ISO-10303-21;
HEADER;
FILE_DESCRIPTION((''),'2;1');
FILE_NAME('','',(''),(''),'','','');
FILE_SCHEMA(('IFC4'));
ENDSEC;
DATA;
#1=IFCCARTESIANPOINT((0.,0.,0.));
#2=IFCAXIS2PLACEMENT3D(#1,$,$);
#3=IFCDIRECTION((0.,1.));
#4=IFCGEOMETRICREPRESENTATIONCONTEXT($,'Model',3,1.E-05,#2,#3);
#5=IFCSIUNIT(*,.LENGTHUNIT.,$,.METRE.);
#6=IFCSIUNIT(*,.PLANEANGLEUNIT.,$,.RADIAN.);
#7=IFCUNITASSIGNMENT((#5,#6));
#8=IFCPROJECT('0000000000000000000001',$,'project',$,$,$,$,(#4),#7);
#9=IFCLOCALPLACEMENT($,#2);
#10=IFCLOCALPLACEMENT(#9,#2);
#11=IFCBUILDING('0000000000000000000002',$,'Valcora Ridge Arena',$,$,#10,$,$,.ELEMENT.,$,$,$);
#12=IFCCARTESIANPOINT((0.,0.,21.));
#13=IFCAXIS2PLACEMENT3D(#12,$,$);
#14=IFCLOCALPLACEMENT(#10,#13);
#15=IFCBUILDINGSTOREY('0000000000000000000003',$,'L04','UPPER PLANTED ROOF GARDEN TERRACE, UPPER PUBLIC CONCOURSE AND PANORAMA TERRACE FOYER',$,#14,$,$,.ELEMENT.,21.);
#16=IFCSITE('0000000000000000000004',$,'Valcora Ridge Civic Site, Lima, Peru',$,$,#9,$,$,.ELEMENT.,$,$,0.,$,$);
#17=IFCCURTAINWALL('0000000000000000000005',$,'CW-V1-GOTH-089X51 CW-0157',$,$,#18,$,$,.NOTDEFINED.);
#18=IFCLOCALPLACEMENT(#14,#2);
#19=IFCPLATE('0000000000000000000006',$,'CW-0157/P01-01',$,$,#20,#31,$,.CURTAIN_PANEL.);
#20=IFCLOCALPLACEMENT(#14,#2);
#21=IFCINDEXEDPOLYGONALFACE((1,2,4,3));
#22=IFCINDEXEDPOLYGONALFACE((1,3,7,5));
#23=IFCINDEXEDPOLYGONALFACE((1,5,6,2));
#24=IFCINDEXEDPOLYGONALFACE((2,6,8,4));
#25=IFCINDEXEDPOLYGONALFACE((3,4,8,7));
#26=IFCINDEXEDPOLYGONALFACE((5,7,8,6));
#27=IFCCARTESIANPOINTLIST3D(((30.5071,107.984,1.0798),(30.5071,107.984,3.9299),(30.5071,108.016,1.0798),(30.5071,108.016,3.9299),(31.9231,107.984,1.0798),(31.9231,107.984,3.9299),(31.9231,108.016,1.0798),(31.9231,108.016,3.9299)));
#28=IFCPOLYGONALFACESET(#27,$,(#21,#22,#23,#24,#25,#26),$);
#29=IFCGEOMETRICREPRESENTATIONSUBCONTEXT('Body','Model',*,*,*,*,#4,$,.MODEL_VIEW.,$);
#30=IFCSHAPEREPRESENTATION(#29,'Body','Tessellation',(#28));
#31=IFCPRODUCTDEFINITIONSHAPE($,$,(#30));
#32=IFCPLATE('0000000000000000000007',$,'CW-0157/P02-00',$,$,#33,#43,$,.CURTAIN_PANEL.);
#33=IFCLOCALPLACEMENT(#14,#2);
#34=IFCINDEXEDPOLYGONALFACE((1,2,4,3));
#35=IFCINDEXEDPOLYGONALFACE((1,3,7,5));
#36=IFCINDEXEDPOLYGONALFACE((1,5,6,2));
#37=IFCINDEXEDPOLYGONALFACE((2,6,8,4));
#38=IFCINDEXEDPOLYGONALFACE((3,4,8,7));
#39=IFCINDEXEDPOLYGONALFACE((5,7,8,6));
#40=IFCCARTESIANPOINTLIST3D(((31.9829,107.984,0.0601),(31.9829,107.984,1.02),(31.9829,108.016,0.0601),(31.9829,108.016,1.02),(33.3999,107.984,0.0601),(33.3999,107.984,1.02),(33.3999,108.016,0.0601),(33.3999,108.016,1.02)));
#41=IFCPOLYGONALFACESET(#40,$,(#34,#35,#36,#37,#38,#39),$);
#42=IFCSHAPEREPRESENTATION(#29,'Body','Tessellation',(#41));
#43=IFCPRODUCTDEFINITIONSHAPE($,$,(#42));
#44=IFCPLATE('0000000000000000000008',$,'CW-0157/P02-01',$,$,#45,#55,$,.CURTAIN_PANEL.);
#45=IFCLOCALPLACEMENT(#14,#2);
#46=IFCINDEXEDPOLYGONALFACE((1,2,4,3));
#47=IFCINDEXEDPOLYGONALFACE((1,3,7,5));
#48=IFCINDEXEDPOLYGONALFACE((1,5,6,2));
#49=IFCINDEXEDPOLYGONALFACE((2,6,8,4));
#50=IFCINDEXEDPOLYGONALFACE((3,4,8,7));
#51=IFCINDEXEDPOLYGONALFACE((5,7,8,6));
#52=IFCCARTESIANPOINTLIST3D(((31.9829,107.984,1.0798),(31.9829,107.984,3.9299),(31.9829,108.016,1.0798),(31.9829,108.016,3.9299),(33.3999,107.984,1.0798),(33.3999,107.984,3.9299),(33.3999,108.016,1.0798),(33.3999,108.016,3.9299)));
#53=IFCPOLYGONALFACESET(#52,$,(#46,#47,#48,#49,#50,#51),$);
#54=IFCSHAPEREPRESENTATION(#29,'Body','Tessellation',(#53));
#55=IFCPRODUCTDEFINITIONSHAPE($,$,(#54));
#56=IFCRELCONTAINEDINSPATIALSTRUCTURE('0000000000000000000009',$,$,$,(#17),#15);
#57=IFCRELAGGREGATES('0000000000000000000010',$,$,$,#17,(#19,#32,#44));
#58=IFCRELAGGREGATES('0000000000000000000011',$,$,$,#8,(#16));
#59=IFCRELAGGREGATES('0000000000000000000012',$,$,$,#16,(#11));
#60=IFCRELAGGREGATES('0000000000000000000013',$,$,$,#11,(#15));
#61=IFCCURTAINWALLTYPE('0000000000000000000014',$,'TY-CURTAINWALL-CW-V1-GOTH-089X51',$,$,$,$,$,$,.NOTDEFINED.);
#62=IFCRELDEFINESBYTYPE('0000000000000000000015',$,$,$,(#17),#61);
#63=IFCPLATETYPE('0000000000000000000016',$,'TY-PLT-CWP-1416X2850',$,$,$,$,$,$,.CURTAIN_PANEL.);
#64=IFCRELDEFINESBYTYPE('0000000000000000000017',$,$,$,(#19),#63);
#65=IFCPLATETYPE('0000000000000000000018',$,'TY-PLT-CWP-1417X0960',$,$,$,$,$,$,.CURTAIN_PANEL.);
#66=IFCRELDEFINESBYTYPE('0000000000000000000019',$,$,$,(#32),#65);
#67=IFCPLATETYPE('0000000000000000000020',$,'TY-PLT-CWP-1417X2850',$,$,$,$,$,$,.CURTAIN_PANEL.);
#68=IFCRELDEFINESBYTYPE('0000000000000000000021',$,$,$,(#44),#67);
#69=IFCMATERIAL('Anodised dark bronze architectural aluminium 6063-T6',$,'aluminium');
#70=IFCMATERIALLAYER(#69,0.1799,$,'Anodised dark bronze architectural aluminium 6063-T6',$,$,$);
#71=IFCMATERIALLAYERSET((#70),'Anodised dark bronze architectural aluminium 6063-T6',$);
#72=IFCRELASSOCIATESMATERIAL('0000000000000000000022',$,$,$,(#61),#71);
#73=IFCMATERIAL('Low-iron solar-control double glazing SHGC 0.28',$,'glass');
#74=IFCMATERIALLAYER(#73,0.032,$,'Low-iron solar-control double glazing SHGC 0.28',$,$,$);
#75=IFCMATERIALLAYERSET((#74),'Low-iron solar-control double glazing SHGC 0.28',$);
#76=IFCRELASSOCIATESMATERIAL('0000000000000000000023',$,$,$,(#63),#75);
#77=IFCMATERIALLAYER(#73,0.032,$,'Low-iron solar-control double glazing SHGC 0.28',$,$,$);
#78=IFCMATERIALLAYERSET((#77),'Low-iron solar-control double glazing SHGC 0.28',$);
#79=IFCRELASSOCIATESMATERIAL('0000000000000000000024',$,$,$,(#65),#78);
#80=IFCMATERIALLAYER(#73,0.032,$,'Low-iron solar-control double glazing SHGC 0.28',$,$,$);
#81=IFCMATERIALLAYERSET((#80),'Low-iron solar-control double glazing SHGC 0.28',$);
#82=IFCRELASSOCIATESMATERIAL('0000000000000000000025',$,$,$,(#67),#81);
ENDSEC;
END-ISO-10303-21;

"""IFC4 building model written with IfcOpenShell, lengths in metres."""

from ifc_helpers import new_model, si_unit, direction, frame, origin, origin_2d, place, context, subcontext, project, spatial, rectangle, extrude, material, layer, layer_set, type_object, element, aggregate, save


model = new_model("IFC4")

# Units and contexts
model_context = context("Model", 3, precision=1e-05, world=origin(), true_north=direction((0.0, 1.0)))
body_context = subcontext(model_context, "Body", "Model", "MODEL_VIEW")
ifc_project = project(units=[si_unit("LENGTHUNIT", "METRE"), si_unit("PLANEANGLEUNIT", "RADIAN")], contexts=[model_context])

# Site, building, storey
site_placement = place(None, origin())
site = spatial("IfcSite", under=ifc_project, at=site_placement, Name="Valcora Ridge Civic Site, Lima, Peru", CompositionType="ELEMENT", RefElevation=0.0)
building_placement = place(site_placement, origin())
building = spatial("IfcBuilding", under=site, at=building_placement, Name="Valcora Ridge Arena", CompositionType="ELEMENT")
storey_placement = place(building_placement, frame((0.0, 0.0, 21.0)))
storey = spatial("IfcBuildingStorey", under=building, at=storey_placement, Name="L04", Description="UPPER PLANTED ROOF GARDEN TERRACE, UPPER PUBLIC CONCOURSE AND PANORAMA TERRACE FOYER", CompositionType="ELEMENT", Elevation=21.0)

# Curtain wall, plates
ifc_material_1 = material(Name="Anodised dark bronze architectural aluminium 6063-T6", Category="aluminium")
ifc_layer_1 = layer(ifc_material_1, 0.1799, Name="Anodised dark bronze architectural aluminium 6063-T6")
ifc_layer_set_1 = layer_set([ifc_layer_1], Name="Anodised dark bronze architectural aluminium 6063-T6")
curtain_wall_type = type_object("IfcCurtainWallType", Name="TY-CURTAINWALL-CW-V1-GOTH-089X51", PredefinedType="NOTDEFINED", material=ifc_layer_set_1)
curtain_wall_placement = place(storey_placement, origin())
curtain_wall = element("IfcCurtainWall", 1, at=curtain_wall_placement, inside=storey, type_object=curtain_wall_type, Name="CW-V1-GOTH-089X51 CW-0157", PredefinedType="NOTDEFINED")
ifc_material_2 = material(Name="Low-iron solar-control double glazing SHGC 0.28", Category="glass")
ifc_layer_2 = layer(ifc_material_2, 0.032, Name="Low-iron solar-control double glazing SHGC 0.28")
ifc_layer_set_2 = layer_set([ifc_layer_2], Name="Low-iron solar-control double glazing SHGC 0.28")
plate_type_1 = type_object("IfcPlateType", Name="TY-PLT-CWP-1416X2850", PredefinedType="CURTAIN_PANEL", material=ifc_layer_set_2)
plate_1_placement = place(storey_placement, frame((31.2151, 108.0, 1.0798), z_axis=(0.0, 0.0, 1.0), x_axis=(1.0, 0.0, 0.0)))
plate_1 = element("IfcPlate", 2, at=plate_1_placement, type_object=plate_type_1, Name="CW-0157/P01-01", PredefinedType="CURTAIN_PANEL", context=body_context, shape_type="SweptSolid", body=[
    extrude(rectangle(XDim=1.416, YDim=0.032, at=origin_2d()), origin(), (0.0, 0.0, 1.0), 2.8501),
])
ifc_layer_3 = layer(ifc_material_2, 0.032, Name="Low-iron solar-control double glazing SHGC 0.28")
ifc_layer_set_3 = layer_set([ifc_layer_3], Name="Low-iron solar-control double glazing SHGC 0.28")
plate_type_2 = type_object("IfcPlateType", Name="TY-PLT-CWP-1417X0960", PredefinedType="CURTAIN_PANEL", material=ifc_layer_set_3)
plate_2_placement = place(storey_placement, frame((32.6914, 108.0, 0.0601), z_axis=(0.0, 0.0, 1.0), x_axis=(1.0, 0.0, 0.0)))
plate_2 = element("IfcPlate", 3, at=plate_2_placement, type_object=plate_type_2, Name="CW-0157/P02-00", PredefinedType="CURTAIN_PANEL", context=body_context, shape_type="SweptSolid", body=[
    extrude(rectangle(XDim=1.417, YDim=0.032, at=origin_2d()), origin(), (0.0, 0.0, 1.0), 0.96),
])
ifc_layer_4 = layer(ifc_material_2, 0.032, Name="Low-iron solar-control double glazing SHGC 0.28")
ifc_layer_set_4 = layer_set([ifc_layer_4], Name="Low-iron solar-control double glazing SHGC 0.28")
plate_type_3 = type_object("IfcPlateType", Name="TY-PLT-CWP-1417X2850", PredefinedType="CURTAIN_PANEL", material=ifc_layer_set_4)
plate_3_placement = place(storey_placement, frame((32.6914, 108.0, 1.0798), z_axis=(0.0, 0.0, 1.0), x_axis=(1.0, 0.0, 0.0)))
plate_3 = element("IfcPlate", 4, at=plate_3_placement, type_object=plate_type_3, Name="CW-0157/P02-01", PredefinedType="CURTAIN_PANEL", context=body_context, shape_type="SweptSolid", body=[
    extrude(rectangle(XDim=1.417, YDim=0.032, at=origin_2d()), origin(), (0.0, 0.0, 1.0), 2.8501),
])
aggregate(curtain_wall, [plate_1, plate_2, plate_3])

save(model, "model.ifc")
